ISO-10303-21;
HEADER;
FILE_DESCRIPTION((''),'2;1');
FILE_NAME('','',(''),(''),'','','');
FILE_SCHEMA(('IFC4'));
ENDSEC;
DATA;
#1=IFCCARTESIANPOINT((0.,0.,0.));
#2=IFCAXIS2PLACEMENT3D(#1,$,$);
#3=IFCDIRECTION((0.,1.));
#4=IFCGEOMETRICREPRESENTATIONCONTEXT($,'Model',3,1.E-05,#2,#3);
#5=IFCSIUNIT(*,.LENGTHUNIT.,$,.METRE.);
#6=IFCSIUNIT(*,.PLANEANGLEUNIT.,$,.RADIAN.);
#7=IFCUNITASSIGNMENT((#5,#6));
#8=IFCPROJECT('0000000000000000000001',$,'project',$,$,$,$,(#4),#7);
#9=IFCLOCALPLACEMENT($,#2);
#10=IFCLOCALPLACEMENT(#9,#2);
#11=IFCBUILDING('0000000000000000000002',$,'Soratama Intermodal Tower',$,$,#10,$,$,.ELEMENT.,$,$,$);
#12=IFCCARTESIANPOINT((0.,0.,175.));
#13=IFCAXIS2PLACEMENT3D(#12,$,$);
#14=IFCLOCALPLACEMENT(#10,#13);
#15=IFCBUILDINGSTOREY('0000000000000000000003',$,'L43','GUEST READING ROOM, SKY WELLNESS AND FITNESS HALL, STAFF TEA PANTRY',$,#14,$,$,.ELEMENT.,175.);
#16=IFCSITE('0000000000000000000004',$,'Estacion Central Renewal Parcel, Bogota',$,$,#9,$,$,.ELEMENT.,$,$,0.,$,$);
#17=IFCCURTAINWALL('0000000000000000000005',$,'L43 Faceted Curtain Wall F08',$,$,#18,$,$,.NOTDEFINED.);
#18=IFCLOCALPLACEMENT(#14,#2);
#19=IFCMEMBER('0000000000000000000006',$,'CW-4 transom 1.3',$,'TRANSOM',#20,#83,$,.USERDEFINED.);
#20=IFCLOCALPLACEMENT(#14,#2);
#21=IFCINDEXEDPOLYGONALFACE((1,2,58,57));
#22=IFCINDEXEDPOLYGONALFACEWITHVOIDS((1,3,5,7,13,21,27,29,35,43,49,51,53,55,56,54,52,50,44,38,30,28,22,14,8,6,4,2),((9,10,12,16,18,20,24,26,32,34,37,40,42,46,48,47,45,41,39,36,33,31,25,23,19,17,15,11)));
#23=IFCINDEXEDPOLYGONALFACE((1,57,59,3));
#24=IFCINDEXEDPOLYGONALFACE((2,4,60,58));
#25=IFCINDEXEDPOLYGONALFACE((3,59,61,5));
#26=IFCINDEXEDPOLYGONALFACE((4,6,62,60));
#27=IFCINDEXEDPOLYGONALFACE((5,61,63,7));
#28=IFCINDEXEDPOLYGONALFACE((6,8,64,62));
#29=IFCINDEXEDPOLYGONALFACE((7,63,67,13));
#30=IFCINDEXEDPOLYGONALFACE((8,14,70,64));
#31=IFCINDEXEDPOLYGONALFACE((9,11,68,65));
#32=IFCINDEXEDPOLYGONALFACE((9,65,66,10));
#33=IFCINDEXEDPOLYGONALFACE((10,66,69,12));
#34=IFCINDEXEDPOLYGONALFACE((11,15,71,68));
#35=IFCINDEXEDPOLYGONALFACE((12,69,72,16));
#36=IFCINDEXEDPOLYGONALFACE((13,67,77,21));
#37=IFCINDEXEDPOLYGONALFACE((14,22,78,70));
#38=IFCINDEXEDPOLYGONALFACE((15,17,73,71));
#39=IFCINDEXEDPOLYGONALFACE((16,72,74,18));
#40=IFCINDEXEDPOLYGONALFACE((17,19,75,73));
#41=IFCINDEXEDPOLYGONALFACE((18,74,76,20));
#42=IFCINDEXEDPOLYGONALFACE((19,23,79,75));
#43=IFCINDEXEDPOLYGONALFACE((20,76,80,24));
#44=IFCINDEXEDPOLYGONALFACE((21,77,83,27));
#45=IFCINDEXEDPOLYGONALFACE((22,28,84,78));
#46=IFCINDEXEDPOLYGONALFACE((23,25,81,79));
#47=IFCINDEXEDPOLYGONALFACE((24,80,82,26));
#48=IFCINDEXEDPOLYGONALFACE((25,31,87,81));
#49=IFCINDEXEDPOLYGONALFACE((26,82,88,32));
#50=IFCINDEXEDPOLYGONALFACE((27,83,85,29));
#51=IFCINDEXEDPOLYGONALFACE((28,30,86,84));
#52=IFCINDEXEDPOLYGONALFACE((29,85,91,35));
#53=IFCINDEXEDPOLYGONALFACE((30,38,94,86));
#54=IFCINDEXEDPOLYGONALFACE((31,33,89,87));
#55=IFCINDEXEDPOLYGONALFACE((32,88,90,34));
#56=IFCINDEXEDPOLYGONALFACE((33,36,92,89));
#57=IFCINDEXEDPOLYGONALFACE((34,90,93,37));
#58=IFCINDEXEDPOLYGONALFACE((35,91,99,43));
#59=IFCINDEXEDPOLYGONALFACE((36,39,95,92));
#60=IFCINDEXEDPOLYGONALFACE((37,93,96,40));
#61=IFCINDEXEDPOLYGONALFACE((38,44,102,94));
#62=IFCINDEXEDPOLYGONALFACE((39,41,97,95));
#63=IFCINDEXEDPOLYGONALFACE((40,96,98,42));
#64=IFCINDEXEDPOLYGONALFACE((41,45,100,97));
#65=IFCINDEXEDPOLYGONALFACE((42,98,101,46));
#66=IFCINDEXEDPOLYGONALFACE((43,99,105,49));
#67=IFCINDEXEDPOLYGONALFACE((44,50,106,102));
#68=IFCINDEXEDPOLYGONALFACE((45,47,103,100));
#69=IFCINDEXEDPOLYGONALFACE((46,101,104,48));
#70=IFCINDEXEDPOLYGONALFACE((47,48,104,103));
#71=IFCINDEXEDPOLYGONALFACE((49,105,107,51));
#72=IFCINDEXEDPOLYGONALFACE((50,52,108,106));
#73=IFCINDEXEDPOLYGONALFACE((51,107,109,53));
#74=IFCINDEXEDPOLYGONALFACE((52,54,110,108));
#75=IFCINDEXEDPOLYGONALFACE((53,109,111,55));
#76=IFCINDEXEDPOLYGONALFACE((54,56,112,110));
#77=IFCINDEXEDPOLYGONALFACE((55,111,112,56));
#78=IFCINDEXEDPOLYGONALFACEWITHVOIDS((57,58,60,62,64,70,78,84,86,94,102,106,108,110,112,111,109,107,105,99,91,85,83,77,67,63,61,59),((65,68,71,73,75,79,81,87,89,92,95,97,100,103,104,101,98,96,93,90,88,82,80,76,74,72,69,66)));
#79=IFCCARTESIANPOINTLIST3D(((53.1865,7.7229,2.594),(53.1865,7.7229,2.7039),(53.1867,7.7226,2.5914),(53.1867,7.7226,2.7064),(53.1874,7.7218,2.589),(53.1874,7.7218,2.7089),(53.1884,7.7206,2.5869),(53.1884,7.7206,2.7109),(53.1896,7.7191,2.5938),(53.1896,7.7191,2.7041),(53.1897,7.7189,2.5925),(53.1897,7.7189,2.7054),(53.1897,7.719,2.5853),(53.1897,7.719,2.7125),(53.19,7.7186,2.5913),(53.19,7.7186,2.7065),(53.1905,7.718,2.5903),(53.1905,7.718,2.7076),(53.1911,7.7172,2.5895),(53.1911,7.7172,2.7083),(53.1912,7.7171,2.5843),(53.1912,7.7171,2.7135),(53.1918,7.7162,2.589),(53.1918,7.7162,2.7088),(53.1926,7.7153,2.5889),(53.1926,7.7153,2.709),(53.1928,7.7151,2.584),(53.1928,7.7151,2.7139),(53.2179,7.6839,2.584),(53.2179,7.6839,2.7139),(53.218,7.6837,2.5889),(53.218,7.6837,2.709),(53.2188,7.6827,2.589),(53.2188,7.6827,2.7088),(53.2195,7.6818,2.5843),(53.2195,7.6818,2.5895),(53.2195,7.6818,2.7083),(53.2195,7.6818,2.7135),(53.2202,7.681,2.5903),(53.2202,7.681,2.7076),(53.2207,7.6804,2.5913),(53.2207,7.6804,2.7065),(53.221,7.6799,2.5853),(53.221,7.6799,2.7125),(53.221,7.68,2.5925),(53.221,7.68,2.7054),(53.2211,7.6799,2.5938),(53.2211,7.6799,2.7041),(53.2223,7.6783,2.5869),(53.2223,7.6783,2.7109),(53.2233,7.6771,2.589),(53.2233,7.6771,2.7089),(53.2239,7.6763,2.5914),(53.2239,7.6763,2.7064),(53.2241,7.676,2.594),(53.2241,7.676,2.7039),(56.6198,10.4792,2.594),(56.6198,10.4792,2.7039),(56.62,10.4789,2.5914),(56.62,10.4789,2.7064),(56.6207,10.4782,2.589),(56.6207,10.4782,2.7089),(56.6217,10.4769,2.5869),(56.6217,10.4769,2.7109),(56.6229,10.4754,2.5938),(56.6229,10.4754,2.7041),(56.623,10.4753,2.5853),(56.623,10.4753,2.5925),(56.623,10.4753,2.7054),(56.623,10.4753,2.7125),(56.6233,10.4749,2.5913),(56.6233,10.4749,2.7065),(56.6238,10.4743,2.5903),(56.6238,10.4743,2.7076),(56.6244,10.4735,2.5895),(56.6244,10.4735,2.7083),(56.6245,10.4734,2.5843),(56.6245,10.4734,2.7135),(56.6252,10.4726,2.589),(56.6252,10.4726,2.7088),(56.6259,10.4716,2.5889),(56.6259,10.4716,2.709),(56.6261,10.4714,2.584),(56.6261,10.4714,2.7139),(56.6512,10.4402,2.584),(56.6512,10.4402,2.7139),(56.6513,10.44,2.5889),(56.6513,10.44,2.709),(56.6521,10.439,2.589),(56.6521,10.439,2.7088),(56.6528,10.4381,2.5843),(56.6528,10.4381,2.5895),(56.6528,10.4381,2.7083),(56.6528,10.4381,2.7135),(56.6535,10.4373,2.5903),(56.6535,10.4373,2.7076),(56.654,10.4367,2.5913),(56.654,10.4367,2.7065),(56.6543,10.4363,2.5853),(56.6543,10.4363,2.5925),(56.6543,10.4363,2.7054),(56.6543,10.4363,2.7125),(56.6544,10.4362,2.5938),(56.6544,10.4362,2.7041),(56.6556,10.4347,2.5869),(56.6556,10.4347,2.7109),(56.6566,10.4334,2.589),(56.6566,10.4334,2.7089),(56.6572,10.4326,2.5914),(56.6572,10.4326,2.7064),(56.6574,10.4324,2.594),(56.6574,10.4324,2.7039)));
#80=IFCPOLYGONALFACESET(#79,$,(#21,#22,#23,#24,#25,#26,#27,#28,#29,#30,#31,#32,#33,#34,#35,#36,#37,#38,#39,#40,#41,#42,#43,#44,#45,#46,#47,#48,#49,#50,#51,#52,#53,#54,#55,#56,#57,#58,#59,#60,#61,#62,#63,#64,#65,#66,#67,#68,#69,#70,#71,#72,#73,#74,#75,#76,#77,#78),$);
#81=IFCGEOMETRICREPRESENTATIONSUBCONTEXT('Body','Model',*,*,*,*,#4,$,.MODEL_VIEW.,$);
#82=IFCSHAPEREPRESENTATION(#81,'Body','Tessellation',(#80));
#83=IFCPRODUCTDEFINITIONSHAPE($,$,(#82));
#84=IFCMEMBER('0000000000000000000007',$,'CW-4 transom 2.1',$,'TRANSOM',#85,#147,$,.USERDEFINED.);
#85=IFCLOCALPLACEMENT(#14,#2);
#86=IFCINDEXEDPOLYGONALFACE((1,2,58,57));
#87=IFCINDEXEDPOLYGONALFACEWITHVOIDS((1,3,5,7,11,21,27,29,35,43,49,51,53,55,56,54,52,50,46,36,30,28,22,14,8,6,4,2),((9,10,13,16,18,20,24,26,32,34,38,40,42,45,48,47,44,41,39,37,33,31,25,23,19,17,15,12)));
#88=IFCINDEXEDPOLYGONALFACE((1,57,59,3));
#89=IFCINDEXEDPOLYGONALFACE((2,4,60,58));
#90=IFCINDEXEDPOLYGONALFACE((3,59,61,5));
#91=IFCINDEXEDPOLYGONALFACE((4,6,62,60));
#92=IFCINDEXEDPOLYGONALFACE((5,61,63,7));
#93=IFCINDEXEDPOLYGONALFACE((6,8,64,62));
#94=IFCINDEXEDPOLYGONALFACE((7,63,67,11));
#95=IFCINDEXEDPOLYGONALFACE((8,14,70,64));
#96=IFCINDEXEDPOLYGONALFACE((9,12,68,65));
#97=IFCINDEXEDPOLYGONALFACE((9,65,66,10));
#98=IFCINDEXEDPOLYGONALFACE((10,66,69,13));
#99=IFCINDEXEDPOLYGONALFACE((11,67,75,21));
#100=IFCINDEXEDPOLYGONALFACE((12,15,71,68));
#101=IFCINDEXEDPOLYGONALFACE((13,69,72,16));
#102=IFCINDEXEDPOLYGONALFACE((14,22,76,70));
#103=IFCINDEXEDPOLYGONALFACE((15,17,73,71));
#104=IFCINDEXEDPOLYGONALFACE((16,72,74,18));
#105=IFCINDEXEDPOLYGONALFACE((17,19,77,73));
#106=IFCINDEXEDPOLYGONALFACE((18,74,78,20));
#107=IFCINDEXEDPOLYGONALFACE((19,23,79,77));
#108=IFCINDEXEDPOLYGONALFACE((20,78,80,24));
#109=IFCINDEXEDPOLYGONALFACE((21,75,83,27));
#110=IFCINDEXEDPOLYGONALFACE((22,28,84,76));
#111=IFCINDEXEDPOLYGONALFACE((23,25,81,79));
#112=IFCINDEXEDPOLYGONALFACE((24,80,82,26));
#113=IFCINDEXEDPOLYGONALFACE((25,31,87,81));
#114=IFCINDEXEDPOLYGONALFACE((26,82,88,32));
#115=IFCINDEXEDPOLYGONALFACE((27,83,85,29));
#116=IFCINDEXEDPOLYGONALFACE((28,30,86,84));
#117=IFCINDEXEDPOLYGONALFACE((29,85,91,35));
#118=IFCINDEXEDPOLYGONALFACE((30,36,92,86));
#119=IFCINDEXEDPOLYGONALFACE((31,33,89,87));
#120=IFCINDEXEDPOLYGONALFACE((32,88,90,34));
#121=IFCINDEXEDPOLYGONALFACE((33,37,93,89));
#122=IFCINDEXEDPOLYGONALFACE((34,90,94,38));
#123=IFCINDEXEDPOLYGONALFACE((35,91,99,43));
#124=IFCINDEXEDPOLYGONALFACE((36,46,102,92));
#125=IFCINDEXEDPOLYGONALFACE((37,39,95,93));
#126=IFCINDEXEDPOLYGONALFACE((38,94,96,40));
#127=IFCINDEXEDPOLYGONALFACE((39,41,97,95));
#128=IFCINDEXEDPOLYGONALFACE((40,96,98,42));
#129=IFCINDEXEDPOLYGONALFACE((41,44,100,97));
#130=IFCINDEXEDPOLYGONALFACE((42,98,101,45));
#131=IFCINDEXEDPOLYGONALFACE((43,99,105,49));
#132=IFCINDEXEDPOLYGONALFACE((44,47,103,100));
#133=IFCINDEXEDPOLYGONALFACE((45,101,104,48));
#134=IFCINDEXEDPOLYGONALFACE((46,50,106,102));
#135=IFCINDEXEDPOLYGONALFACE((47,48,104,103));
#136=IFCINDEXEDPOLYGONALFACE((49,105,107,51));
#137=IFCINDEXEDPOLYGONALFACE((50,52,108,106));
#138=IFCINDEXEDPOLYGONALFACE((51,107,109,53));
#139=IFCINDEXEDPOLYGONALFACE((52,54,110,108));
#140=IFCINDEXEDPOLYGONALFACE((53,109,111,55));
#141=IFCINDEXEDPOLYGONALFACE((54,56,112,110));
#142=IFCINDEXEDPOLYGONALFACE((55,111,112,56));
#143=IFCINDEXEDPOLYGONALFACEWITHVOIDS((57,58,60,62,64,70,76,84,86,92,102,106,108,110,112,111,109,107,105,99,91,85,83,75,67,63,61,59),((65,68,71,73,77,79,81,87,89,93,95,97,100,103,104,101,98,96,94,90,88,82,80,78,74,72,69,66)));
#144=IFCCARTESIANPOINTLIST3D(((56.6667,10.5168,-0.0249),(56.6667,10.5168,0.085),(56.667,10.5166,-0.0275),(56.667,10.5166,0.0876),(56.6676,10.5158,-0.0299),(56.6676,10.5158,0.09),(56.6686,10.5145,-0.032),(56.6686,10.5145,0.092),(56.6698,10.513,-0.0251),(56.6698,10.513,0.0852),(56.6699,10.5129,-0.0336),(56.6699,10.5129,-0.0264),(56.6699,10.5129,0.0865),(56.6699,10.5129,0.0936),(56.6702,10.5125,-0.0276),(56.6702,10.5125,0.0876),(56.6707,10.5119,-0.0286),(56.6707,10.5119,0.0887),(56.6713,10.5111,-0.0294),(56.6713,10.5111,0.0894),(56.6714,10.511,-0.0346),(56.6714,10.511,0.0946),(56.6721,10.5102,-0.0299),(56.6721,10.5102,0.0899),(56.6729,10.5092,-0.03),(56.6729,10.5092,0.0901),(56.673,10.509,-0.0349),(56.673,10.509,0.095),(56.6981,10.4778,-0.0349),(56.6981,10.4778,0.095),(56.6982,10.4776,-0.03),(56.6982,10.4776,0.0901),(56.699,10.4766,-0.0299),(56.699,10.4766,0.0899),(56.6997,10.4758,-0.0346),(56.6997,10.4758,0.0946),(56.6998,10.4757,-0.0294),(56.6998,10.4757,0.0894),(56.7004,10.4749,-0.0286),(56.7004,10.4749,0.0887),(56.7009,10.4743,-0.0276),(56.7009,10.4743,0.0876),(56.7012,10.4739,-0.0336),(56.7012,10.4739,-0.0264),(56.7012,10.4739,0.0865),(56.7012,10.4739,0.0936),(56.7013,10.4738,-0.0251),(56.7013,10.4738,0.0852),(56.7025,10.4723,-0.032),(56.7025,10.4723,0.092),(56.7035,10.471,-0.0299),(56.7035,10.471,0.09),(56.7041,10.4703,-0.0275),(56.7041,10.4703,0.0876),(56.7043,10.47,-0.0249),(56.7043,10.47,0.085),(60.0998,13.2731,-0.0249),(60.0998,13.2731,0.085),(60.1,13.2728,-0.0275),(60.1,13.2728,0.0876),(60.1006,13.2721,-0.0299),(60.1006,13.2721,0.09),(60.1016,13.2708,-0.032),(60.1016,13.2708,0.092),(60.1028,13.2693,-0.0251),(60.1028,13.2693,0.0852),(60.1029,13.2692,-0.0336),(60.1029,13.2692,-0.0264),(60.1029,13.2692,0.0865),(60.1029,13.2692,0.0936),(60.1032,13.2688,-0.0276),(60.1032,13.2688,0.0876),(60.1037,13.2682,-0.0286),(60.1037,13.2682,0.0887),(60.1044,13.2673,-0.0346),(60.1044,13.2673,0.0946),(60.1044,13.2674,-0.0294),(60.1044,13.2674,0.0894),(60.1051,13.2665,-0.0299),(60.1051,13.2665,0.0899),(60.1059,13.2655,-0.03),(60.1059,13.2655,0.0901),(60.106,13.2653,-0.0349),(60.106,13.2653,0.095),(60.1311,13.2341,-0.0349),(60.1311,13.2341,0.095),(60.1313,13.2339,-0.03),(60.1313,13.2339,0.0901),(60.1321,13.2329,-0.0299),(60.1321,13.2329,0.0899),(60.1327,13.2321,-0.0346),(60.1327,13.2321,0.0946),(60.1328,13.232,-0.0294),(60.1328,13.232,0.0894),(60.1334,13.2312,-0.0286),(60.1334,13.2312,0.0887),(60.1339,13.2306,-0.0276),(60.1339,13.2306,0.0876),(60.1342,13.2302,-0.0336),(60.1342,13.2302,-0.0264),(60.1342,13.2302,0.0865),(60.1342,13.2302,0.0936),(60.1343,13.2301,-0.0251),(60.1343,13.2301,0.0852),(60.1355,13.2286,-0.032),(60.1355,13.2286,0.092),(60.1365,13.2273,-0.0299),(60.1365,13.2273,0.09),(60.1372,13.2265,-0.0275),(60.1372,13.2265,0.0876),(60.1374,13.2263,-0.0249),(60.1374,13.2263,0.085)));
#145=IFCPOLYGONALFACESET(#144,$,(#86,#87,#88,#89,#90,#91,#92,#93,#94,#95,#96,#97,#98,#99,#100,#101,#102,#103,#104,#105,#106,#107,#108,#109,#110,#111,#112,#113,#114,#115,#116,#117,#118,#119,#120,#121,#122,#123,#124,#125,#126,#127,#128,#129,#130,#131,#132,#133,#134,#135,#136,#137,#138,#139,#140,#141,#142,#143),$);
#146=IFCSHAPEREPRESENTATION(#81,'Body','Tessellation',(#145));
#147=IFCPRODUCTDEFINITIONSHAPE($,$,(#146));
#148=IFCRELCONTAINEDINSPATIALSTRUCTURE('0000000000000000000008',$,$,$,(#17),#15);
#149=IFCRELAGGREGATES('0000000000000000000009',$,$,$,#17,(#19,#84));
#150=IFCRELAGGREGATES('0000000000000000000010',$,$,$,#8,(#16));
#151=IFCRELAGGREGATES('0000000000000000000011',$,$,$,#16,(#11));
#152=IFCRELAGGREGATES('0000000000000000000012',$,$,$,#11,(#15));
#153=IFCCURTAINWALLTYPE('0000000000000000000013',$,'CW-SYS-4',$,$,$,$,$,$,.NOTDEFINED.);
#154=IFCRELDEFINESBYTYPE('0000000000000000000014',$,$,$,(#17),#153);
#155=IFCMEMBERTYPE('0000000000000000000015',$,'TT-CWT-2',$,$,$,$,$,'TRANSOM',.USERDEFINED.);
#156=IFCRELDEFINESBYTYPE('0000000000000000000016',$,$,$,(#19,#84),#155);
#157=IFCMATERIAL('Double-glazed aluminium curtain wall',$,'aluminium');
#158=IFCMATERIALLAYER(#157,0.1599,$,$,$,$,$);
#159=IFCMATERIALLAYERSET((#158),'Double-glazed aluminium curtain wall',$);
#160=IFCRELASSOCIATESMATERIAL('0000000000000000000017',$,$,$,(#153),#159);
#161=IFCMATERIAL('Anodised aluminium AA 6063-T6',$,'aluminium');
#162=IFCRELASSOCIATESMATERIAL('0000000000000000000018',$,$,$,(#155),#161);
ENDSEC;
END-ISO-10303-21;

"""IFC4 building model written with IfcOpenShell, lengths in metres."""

from ifc_helpers import new_model, si_unit, direction, frame, origin, origin_2d, place, context, subcontext, project, spatial, hollow_rectangle, extrude, material, layer, layer_set, material_profile, profile_set, type_object, element, aggregate, save


model = new_model("IFC4")

# Units and contexts
model_context = context("Model", 3, precision=1e-05, world=origin(), true_north=direction((0.0, 1.0)))
body_context = subcontext(model_context, "Body", "Model", "MODEL_VIEW")
ifc_project = project(units=[si_unit("LENGTHUNIT", "METRE"), si_unit("PLANEANGLEUNIT", "RADIAN")], contexts=[model_context])

# Site, building, storey
site_placement = place(None, origin())
site = spatial("IfcSite", under=ifc_project, at=site_placement, Name="Estacion Central Renewal Parcel, Bogota", CompositionType="ELEMENT", RefElevation=0.0)
building_placement = place(site_placement, origin())
building = spatial("IfcBuilding", under=site, at=building_placement, Name="Soratama Intermodal Tower", CompositionType="ELEMENT")
storey_placement = place(building_placement, frame((0.0, 0.0, 175.0)))
storey = spatial("IfcBuildingStorey", under=building, at=storey_placement, Name="L43", Description="GUEST READING ROOM, SKY WELLNESS AND FITNESS HALL, STAFF TEA PANTRY", CompositionType="ELEMENT", Elevation=175.0)

# Curtain wall, members
ifc_material_1 = material(Name="Double-glazed aluminium curtain wall", Category="aluminium")
ifc_layer_1 = layer(ifc_material_1, 0.1599)
ifc_layer_set_1 = layer_set([ifc_layer_1], Name="Double-glazed aluminium curtain wall")
curtain_wall_type = type_object("IfcCurtainWallType", Name="CW-SYS-4", PredefinedType="NOTDEFINED", material=ifc_layer_set_1)
curtain_wall_placement = place(storey_placement, origin())
curtain_wall = element("IfcCurtainWall", 1, at=curtain_wall_placement, inside=storey, type_object=curtain_wall_type, Name="L43 Faceted Curtain Wall F08", PredefinedType="NOTDEFINED")
ifc_material_2 = material(Name="Anodised aluminium AA 6063-T6", Category="aluminium")
ifc_material_profile_1 = material_profile(ifc_material_2, hollow_rectangle(XDim=0.0601, YDim=0.1299, WallThickness=0.0049, InnerFilletRadius=0.0049, OuterFilletRadius=0.01, at=origin_2d()), Name="CWT130X60X5")
ifc_profile_set_1 = profile_set([ifc_material_profile_1], Name="Anodised aluminium AA 6063-T6")
member_type_1 = type_object("IfcMemberType", Name="TT-CWT-2", ElementType="TRANSOM", PredefinedType="USERDEFINED", material=ifc_profile_set_1)
member_1_placement = place(storey_placement, frame((53.2053, 7.6995, 2.6489), z_axis=(0.779797, 0.626033, 0.0), x_axis=(-0.626033, 0.779797, 0.0)))
member_1 = element("IfcMember", 2, at=member_1_placement, type_object=member_type_1, Name="CW-4 transom 1.3", ObjectType="TRANSOM", PredefinedType="USERDEFINED", context=body_context, shape_type="SweptSolid", body=[
    extrude(hollow_rectangle(XDim=0.0601, YDim=0.1299, WallThickness=0.0049, InnerFilletRadius=0.0049, OuterFilletRadius=0.01, at=origin_2d()), origin(), (0.0, 0.0, 1.0), 4.4028),
])
member_2_placement = place(storey_placement, frame((56.6855, 10.4934, 0.03), z_axis=(0.779775, 0.62606, 0.0), x_axis=(-0.62606, 0.779775, 0.0)))
member_2 = element("IfcMember", 3, at=member_2_placement, type_object=member_type_1, Name="CW-4 transom 2.1", ObjectType="TRANSOM", PredefinedType="USERDEFINED", context=body_context, shape_type="SweptSolid", body=[
    extrude(hollow_rectangle(XDim=0.0601, YDim=0.1299, WallThickness=0.0049, InnerFilletRadius=0.0049, OuterFilletRadius=0.01, at=origin_2d()), origin(), (0.0, 0.0, 1.0), 4.4026),
])
aggregate(curtain_wall, [member_1, member_2])

save(model, "model.ifc")
